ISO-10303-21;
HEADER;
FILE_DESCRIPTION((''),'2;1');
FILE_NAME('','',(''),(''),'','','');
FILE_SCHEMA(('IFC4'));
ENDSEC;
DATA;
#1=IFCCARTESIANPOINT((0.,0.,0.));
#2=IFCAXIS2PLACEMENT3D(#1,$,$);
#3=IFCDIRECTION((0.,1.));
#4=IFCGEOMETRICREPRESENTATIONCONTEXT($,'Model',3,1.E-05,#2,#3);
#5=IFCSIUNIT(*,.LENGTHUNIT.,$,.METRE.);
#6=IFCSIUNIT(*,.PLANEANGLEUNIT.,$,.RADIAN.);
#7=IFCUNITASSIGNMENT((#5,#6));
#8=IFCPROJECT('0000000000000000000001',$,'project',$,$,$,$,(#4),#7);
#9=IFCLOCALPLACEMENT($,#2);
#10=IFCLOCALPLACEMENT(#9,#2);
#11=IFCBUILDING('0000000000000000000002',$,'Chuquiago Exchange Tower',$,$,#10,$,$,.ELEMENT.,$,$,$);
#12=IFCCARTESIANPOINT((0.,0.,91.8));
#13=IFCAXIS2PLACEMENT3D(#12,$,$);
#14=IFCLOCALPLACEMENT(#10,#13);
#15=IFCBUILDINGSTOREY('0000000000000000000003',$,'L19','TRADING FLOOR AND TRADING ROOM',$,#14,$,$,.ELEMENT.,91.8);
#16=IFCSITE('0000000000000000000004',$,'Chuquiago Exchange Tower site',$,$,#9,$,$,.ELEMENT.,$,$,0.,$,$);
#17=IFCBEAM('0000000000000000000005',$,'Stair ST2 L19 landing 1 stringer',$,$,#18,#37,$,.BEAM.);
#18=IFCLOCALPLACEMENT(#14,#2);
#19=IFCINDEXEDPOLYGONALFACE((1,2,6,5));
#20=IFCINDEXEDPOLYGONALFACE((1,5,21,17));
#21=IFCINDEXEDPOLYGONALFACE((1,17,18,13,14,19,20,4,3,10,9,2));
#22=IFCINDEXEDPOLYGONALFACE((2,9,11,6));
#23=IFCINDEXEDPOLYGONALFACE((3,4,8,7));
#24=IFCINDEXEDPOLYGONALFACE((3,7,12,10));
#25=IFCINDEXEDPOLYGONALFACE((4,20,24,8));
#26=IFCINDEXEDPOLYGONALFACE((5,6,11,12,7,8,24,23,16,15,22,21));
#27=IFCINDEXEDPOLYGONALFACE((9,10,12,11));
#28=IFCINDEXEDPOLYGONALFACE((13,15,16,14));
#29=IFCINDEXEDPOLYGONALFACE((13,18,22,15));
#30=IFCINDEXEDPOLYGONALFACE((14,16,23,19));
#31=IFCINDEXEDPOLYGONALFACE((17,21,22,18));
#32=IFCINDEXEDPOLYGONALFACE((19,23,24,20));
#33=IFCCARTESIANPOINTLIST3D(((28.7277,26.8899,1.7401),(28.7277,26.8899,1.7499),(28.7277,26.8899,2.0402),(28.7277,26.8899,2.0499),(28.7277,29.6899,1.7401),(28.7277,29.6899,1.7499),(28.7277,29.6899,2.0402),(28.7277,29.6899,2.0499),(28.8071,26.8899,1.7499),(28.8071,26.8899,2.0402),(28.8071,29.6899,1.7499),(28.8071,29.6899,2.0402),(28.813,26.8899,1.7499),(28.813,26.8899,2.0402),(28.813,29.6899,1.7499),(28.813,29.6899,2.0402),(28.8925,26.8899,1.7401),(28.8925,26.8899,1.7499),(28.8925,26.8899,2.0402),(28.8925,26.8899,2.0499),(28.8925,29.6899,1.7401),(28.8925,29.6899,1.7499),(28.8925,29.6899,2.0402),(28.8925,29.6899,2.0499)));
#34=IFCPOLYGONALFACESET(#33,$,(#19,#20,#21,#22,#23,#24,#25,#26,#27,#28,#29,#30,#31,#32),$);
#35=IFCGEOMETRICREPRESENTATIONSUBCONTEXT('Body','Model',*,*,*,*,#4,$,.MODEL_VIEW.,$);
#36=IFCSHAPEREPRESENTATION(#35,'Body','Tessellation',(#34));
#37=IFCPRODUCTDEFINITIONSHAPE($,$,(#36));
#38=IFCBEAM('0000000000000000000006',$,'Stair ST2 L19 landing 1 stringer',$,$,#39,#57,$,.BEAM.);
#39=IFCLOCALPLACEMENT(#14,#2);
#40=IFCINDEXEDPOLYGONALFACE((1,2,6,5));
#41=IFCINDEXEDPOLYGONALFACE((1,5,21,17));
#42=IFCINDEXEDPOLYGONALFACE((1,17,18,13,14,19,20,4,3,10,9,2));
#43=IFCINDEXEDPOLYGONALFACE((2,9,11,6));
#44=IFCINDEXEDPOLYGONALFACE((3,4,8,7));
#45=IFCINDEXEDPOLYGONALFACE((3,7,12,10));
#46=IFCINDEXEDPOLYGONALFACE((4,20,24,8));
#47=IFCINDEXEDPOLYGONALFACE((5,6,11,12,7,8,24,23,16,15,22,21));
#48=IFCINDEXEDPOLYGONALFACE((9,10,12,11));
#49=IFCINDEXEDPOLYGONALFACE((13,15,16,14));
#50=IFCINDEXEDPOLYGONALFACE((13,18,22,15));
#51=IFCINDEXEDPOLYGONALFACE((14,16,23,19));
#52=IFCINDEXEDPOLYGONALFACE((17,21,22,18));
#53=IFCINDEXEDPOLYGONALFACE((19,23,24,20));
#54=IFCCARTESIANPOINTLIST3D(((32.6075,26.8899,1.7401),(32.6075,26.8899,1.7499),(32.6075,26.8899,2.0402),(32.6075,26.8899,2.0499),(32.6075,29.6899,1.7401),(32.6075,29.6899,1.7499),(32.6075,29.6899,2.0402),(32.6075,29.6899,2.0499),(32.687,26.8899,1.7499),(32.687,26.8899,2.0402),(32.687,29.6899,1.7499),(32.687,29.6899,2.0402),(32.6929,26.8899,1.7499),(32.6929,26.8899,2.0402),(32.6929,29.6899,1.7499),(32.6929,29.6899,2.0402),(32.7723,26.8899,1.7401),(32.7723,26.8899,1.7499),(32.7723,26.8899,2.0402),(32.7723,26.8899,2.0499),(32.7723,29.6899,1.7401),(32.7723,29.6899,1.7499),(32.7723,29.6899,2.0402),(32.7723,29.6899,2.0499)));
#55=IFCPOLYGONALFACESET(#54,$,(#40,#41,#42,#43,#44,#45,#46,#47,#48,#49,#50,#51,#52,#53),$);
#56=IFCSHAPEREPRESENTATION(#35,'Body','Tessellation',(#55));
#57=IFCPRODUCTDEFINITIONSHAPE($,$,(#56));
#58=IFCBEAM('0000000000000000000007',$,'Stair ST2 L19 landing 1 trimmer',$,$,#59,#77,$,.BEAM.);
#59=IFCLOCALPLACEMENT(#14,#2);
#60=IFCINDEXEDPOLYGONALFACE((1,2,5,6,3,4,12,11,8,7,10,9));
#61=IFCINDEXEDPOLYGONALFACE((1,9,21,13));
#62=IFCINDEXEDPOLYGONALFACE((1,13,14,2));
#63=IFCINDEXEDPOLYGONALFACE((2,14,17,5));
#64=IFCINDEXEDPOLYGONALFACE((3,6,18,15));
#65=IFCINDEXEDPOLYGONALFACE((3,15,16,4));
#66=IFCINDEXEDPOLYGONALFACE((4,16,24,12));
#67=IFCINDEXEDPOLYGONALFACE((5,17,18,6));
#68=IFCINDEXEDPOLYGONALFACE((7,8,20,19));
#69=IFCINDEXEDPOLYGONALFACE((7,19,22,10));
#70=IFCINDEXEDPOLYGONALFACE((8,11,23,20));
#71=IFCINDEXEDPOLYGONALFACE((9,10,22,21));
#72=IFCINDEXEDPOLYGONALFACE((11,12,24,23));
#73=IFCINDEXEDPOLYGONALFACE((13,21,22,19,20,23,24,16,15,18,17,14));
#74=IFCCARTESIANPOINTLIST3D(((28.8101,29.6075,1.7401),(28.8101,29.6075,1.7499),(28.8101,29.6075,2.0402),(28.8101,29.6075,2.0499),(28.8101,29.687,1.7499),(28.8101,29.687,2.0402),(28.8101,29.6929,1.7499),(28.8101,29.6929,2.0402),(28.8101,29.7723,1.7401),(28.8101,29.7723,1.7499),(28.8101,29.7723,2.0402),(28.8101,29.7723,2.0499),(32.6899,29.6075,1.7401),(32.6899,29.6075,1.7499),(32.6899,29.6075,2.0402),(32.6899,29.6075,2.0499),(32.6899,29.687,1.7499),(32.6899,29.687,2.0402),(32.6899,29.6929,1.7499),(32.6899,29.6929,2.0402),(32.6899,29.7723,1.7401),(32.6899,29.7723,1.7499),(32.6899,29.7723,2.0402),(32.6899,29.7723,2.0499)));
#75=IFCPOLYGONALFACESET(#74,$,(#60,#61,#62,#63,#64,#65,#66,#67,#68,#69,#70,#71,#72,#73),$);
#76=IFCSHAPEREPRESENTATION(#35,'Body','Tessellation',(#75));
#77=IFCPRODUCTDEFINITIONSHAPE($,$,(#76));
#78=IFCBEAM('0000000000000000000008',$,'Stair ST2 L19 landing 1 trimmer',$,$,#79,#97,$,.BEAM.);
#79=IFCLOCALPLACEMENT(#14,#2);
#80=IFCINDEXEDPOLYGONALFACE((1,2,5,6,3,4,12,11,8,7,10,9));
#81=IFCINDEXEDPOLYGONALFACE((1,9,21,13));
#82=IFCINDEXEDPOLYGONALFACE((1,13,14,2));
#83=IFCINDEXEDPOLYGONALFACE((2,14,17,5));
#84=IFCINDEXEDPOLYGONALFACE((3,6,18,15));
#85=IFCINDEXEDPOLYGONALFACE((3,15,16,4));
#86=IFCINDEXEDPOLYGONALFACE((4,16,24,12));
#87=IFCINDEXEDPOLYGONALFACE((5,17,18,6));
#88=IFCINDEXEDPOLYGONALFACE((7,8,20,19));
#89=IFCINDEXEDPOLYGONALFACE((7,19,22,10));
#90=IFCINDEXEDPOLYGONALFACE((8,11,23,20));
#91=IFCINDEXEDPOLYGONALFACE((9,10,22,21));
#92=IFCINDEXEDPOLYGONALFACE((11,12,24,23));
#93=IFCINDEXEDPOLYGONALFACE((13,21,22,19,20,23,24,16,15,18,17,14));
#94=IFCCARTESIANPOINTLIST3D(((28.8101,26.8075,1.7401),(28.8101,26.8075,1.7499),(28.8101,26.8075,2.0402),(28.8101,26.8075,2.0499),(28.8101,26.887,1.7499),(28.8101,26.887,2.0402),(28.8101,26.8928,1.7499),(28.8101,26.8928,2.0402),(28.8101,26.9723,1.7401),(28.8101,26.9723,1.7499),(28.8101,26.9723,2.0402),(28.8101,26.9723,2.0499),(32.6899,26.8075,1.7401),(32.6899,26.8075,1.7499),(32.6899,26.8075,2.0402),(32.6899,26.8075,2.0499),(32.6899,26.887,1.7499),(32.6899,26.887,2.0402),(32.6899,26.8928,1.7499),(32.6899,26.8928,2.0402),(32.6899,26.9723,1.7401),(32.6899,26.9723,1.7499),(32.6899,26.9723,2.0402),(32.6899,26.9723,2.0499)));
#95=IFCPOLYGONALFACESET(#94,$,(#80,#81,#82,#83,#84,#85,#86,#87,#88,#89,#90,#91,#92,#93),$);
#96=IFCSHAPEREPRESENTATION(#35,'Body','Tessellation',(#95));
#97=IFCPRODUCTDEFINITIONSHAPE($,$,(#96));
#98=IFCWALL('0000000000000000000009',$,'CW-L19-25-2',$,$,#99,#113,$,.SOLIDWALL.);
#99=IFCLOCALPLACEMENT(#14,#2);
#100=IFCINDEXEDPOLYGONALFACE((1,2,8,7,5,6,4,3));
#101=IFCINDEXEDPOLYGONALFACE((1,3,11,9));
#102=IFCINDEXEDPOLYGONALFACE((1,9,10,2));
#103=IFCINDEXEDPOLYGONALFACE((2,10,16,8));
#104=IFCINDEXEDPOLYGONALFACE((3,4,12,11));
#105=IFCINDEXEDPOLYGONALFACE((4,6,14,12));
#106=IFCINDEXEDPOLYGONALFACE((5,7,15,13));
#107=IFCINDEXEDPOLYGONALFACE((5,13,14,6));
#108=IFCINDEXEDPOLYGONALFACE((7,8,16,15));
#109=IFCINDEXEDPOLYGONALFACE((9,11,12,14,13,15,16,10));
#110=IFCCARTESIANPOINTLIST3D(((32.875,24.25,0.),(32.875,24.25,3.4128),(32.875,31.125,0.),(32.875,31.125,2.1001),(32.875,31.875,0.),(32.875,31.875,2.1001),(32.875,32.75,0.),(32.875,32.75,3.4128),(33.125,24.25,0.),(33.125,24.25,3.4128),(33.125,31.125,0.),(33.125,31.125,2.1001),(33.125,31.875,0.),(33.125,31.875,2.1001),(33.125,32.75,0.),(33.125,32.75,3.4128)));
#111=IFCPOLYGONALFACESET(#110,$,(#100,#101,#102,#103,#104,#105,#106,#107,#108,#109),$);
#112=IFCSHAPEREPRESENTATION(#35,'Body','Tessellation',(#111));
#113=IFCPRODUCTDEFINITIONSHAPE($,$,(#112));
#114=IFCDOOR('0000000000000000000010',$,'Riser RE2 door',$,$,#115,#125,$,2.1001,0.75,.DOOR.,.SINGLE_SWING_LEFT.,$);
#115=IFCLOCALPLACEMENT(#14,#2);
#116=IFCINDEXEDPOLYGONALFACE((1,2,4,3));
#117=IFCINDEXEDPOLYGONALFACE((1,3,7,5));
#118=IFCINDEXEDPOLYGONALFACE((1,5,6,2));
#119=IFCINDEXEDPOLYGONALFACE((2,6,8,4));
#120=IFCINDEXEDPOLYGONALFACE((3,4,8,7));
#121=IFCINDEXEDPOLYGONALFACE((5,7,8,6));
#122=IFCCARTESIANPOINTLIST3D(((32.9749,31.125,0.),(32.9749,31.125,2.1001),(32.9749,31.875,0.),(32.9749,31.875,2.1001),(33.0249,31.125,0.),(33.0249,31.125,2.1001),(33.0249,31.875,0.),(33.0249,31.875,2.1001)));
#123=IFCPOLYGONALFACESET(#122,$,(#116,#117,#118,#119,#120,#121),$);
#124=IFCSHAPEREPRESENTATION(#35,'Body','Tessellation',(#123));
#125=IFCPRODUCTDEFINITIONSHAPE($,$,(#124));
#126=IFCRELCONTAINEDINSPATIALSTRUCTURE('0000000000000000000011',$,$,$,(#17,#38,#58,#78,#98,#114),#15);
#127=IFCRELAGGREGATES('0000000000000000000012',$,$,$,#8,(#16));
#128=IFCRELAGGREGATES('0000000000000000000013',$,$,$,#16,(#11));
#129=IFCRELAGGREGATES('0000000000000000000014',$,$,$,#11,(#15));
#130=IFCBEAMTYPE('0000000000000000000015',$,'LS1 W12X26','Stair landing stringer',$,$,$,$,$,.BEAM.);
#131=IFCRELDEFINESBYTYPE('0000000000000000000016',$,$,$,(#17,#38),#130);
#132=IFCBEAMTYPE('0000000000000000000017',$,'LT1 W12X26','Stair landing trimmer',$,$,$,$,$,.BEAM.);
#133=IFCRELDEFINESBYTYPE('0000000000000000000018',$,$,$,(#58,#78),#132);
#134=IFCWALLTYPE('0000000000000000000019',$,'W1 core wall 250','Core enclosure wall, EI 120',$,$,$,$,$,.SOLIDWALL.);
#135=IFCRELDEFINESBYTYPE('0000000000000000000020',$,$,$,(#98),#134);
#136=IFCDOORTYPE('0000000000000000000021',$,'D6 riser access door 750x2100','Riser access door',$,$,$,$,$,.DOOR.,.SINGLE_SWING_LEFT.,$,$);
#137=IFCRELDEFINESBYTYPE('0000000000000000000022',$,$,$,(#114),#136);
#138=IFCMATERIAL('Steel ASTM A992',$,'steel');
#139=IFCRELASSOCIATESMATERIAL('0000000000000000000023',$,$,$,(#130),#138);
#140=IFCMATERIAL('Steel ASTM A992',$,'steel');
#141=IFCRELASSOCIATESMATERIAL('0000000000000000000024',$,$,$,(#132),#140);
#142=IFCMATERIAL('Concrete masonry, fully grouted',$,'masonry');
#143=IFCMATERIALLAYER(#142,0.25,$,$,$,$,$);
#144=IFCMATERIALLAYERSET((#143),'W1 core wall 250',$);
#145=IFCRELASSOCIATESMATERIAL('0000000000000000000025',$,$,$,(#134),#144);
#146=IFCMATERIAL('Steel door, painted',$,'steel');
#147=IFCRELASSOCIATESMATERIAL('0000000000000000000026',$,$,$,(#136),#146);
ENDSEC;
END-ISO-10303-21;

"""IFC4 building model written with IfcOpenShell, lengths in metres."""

from ifc_helpers import new_model, si_unit, direction, frame, frame_2d, origin, origin_2d, place, context, subcontext, project, spatial, rectangle, i_section, extrude, material, layer, layer_set, material_profile, profile_set, type_object, element, fill, save


model = new_model("IFC4")

# Units and contexts
model_context = context("Model", 3, precision=1e-05, world=origin(), true_north=direction((0.0, 1.0)))
body_context = subcontext(model_context, "Body", "Model", "MODEL_VIEW")
ifc_project = project(units=[si_unit("LENGTHUNIT", "METRE"), si_unit("PLANEANGLEUNIT", "RADIAN")], contexts=[model_context])

# Site, building, storey
site_placement = place(None, origin())
site = spatial("IfcSite", under=ifc_project, at=site_placement, Name="Chuquiago Exchange Tower site", CompositionType="ELEMENT", RefElevation=0.0)
building_placement = place(site_placement, origin())
building = spatial("IfcBuilding", under=site, at=building_placement, Name="Chuquiago Exchange Tower", CompositionType="ELEMENT")
storey_placement = place(building_placement, frame((0.0, 0.0, 91.8)))
storey = spatial("IfcBuildingStorey", under=building, at=storey_placement, Name="L19", Description="TRADING FLOOR AND TRADING ROOM", CompositionType="ELEMENT", Elevation=91.8)

# Beams
ifc_material_1 = material(Name="Steel ASTM A992", Category="steel")
ifc_material_profile_1 = material_profile(ifc_material_1, i_section(OverallWidth=0.1648, OverallDepth=0.3098, WebThickness=0.0059, FlangeThickness=0.0098, at=origin_2d()), Name="W12X26")
ifc_profile_set_1 = profile_set([ifc_material_profile_1], Name="Steel ASTM A992")
beam_type_1 = type_object("IfcBeamType", Name="LS1 W12X26", Description="Stair landing stringer", PredefinedType="BEAM", material=ifc_profile_set_1)
for number, where, z_axis, x_axis, name in (
    (1, (28.8101, 26.8899, 1.895), (0.0, 1.0, 0.0), (-1.0, 0.0, 0.0), "Stair ST2 L19 landing 1 stringer"),
    (2, (32.6899, 26.8899, 1.895), (0.0, 1.0, 0.0), (-1.0, 0.0, 0.0), "Stair ST2 L19 landing 1 stringer"),
):
    element("IfcBeam", number, at=place(storey_placement, frame(where, z_axis=z_axis, x_axis=x_axis)), inside=storey, type_object=beam_type_1, Name=name, PredefinedType="BEAM", context=body_context, shape_type="SweptSolid", body=[
        extrude(i_section(OverallWidth=0.1648, OverallDepth=0.3098, WebThickness=0.0059, FlangeThickness=0.0098, at=origin_2d()), origin(), (0.0, 0.0, 1.0), 2.8),
    ])
ifc_material_2 = material(Name="Steel ASTM A992", Category="steel")
ifc_material_profile_2 = material_profile(ifc_material_2, i_section(OverallWidth=0.1648, OverallDepth=0.3098, WebThickness=0.0059, FlangeThickness=0.0098, at=origin_2d()), Name="W12X26")
ifc_profile_set_2 = profile_set([ifc_material_profile_2], Name="Steel ASTM A992")
beam_type_2 = type_object("IfcBeamType", Name="LT1 W12X26", Description="Stair landing trimmer", PredefinedType="BEAM", material=ifc_profile_set_2)
for number, where, z_axis, x_axis, name in (
    (3, (28.8101, 29.6899, 1.895), (1.0, 0.0, 0.0), (0.0, 1.0, 0.0), "Stair ST2 L19 landing 1 trimmer"),
    (4, (28.8101, 26.8899, 1.895), (1.0, 0.0, 0.0), (0.0, 1.0, 0.0), "Stair ST2 L19 landing 1 trimmer"),
):
    element("IfcBeam", number, at=place(storey_placement, frame(where, z_axis=z_axis, x_axis=x_axis)), inside=storey, type_object=beam_type_2, Name=name, PredefinedType="BEAM", context=body_context, shape_type="SweptSolid", body=[
        extrude(i_section(OverallWidth=0.1648, OverallDepth=0.3098, WebThickness=0.0059, FlangeThickness=0.0098, at=origin_2d()), origin(), (0.0, 0.0, 1.0), 3.8799),
    ])

# Wall, opening, door
ifc_material_3 = material(Name="Concrete masonry, fully grouted", Category="masonry")
ifc_layer = layer(ifc_material_3, 0.25)
ifc_layer_set = layer_set([ifc_layer], Name="W1 core wall 250")
wall_type = type_object("IfcWallType", Name="W1 core wall 250", Description="Core enclosure wall, EI 120", PredefinedType="SOLIDWALL", material=ifc_layer_set)
wall_placement = place(storey_placement, frame((33.0, 24.25, 0.0), z_axis=(0.0, 0.0, 1.0), x_axis=(0.0, 1.0, 0.0)))
wall = element("IfcWall", 5, at=wall_placement, inside=storey, type_object=wall_type, Name="CW-L19-25-2", PredefinedType="SOLIDWALL", context=body_context, shape_type="SweptSolid", body=[
    extrude(rectangle(XDim=8.5, YDim=0.25, at=frame_2d((4.25, 0.0))), origin(), (0.0, 0.0, 1.0), 3.4128),
])
opening_placement = place(wall_placement, frame((6.875, 0.0, 0.0)))
opening = element("IfcOpeningElement", 6, at=opening_placement, cuts=wall, PredefinedType="OPENING", context=body_context, shape_type="SweptSolid", body=[
    extrude(rectangle(XDim=0.75, YDim=2.1001, at=frame_2d((0.375, 1.05))), frame((0.0, 0.135, 0.0), z_axis=(0.0, -1.0, 0.0), x_axis=(1.0, 0.0, 0.0)), (0.0, 0.0, 1.0), 0.27),
])
ifc_material_4 = material(Name="Steel door, painted", Category="steel")
door_type = type_object("IfcDoorType", Name="D6 riser access door 750x2100", Description="Riser access door", OperationType="SINGLE_SWING_LEFT", PredefinedType="DOOR", material=ifc_material_4)
door_placement = place(opening_placement, frame((0.75, 0.0, 0.0), z_axis=(0.0, 0.0, 1.0), x_axis=(-1.0, 0.0, 0.0)))
door = element("IfcDoor", 7, at=door_placement, inside=storey, type_object=door_type, Name="Riser RE2 door", OperationType="SINGLE_SWING_LEFT", OverallHeight=2.1001, OverallWidth=0.75, PredefinedType="DOOR", context=body_context, shape_type="SweptSolid", body=[
    extrude(rectangle(XDim=0.75, YDim=2.1001, at=frame_2d((0.375, 1.05))), frame((0.0, 0.0249, 0.0), z_axis=(0.0, -1.0, 0.0), x_axis=(1.0, 0.0, 0.0)), (0.0, 0.0, 1.0), 0.05),
])
fill(opening, door)

save(model, "model.ifc")
